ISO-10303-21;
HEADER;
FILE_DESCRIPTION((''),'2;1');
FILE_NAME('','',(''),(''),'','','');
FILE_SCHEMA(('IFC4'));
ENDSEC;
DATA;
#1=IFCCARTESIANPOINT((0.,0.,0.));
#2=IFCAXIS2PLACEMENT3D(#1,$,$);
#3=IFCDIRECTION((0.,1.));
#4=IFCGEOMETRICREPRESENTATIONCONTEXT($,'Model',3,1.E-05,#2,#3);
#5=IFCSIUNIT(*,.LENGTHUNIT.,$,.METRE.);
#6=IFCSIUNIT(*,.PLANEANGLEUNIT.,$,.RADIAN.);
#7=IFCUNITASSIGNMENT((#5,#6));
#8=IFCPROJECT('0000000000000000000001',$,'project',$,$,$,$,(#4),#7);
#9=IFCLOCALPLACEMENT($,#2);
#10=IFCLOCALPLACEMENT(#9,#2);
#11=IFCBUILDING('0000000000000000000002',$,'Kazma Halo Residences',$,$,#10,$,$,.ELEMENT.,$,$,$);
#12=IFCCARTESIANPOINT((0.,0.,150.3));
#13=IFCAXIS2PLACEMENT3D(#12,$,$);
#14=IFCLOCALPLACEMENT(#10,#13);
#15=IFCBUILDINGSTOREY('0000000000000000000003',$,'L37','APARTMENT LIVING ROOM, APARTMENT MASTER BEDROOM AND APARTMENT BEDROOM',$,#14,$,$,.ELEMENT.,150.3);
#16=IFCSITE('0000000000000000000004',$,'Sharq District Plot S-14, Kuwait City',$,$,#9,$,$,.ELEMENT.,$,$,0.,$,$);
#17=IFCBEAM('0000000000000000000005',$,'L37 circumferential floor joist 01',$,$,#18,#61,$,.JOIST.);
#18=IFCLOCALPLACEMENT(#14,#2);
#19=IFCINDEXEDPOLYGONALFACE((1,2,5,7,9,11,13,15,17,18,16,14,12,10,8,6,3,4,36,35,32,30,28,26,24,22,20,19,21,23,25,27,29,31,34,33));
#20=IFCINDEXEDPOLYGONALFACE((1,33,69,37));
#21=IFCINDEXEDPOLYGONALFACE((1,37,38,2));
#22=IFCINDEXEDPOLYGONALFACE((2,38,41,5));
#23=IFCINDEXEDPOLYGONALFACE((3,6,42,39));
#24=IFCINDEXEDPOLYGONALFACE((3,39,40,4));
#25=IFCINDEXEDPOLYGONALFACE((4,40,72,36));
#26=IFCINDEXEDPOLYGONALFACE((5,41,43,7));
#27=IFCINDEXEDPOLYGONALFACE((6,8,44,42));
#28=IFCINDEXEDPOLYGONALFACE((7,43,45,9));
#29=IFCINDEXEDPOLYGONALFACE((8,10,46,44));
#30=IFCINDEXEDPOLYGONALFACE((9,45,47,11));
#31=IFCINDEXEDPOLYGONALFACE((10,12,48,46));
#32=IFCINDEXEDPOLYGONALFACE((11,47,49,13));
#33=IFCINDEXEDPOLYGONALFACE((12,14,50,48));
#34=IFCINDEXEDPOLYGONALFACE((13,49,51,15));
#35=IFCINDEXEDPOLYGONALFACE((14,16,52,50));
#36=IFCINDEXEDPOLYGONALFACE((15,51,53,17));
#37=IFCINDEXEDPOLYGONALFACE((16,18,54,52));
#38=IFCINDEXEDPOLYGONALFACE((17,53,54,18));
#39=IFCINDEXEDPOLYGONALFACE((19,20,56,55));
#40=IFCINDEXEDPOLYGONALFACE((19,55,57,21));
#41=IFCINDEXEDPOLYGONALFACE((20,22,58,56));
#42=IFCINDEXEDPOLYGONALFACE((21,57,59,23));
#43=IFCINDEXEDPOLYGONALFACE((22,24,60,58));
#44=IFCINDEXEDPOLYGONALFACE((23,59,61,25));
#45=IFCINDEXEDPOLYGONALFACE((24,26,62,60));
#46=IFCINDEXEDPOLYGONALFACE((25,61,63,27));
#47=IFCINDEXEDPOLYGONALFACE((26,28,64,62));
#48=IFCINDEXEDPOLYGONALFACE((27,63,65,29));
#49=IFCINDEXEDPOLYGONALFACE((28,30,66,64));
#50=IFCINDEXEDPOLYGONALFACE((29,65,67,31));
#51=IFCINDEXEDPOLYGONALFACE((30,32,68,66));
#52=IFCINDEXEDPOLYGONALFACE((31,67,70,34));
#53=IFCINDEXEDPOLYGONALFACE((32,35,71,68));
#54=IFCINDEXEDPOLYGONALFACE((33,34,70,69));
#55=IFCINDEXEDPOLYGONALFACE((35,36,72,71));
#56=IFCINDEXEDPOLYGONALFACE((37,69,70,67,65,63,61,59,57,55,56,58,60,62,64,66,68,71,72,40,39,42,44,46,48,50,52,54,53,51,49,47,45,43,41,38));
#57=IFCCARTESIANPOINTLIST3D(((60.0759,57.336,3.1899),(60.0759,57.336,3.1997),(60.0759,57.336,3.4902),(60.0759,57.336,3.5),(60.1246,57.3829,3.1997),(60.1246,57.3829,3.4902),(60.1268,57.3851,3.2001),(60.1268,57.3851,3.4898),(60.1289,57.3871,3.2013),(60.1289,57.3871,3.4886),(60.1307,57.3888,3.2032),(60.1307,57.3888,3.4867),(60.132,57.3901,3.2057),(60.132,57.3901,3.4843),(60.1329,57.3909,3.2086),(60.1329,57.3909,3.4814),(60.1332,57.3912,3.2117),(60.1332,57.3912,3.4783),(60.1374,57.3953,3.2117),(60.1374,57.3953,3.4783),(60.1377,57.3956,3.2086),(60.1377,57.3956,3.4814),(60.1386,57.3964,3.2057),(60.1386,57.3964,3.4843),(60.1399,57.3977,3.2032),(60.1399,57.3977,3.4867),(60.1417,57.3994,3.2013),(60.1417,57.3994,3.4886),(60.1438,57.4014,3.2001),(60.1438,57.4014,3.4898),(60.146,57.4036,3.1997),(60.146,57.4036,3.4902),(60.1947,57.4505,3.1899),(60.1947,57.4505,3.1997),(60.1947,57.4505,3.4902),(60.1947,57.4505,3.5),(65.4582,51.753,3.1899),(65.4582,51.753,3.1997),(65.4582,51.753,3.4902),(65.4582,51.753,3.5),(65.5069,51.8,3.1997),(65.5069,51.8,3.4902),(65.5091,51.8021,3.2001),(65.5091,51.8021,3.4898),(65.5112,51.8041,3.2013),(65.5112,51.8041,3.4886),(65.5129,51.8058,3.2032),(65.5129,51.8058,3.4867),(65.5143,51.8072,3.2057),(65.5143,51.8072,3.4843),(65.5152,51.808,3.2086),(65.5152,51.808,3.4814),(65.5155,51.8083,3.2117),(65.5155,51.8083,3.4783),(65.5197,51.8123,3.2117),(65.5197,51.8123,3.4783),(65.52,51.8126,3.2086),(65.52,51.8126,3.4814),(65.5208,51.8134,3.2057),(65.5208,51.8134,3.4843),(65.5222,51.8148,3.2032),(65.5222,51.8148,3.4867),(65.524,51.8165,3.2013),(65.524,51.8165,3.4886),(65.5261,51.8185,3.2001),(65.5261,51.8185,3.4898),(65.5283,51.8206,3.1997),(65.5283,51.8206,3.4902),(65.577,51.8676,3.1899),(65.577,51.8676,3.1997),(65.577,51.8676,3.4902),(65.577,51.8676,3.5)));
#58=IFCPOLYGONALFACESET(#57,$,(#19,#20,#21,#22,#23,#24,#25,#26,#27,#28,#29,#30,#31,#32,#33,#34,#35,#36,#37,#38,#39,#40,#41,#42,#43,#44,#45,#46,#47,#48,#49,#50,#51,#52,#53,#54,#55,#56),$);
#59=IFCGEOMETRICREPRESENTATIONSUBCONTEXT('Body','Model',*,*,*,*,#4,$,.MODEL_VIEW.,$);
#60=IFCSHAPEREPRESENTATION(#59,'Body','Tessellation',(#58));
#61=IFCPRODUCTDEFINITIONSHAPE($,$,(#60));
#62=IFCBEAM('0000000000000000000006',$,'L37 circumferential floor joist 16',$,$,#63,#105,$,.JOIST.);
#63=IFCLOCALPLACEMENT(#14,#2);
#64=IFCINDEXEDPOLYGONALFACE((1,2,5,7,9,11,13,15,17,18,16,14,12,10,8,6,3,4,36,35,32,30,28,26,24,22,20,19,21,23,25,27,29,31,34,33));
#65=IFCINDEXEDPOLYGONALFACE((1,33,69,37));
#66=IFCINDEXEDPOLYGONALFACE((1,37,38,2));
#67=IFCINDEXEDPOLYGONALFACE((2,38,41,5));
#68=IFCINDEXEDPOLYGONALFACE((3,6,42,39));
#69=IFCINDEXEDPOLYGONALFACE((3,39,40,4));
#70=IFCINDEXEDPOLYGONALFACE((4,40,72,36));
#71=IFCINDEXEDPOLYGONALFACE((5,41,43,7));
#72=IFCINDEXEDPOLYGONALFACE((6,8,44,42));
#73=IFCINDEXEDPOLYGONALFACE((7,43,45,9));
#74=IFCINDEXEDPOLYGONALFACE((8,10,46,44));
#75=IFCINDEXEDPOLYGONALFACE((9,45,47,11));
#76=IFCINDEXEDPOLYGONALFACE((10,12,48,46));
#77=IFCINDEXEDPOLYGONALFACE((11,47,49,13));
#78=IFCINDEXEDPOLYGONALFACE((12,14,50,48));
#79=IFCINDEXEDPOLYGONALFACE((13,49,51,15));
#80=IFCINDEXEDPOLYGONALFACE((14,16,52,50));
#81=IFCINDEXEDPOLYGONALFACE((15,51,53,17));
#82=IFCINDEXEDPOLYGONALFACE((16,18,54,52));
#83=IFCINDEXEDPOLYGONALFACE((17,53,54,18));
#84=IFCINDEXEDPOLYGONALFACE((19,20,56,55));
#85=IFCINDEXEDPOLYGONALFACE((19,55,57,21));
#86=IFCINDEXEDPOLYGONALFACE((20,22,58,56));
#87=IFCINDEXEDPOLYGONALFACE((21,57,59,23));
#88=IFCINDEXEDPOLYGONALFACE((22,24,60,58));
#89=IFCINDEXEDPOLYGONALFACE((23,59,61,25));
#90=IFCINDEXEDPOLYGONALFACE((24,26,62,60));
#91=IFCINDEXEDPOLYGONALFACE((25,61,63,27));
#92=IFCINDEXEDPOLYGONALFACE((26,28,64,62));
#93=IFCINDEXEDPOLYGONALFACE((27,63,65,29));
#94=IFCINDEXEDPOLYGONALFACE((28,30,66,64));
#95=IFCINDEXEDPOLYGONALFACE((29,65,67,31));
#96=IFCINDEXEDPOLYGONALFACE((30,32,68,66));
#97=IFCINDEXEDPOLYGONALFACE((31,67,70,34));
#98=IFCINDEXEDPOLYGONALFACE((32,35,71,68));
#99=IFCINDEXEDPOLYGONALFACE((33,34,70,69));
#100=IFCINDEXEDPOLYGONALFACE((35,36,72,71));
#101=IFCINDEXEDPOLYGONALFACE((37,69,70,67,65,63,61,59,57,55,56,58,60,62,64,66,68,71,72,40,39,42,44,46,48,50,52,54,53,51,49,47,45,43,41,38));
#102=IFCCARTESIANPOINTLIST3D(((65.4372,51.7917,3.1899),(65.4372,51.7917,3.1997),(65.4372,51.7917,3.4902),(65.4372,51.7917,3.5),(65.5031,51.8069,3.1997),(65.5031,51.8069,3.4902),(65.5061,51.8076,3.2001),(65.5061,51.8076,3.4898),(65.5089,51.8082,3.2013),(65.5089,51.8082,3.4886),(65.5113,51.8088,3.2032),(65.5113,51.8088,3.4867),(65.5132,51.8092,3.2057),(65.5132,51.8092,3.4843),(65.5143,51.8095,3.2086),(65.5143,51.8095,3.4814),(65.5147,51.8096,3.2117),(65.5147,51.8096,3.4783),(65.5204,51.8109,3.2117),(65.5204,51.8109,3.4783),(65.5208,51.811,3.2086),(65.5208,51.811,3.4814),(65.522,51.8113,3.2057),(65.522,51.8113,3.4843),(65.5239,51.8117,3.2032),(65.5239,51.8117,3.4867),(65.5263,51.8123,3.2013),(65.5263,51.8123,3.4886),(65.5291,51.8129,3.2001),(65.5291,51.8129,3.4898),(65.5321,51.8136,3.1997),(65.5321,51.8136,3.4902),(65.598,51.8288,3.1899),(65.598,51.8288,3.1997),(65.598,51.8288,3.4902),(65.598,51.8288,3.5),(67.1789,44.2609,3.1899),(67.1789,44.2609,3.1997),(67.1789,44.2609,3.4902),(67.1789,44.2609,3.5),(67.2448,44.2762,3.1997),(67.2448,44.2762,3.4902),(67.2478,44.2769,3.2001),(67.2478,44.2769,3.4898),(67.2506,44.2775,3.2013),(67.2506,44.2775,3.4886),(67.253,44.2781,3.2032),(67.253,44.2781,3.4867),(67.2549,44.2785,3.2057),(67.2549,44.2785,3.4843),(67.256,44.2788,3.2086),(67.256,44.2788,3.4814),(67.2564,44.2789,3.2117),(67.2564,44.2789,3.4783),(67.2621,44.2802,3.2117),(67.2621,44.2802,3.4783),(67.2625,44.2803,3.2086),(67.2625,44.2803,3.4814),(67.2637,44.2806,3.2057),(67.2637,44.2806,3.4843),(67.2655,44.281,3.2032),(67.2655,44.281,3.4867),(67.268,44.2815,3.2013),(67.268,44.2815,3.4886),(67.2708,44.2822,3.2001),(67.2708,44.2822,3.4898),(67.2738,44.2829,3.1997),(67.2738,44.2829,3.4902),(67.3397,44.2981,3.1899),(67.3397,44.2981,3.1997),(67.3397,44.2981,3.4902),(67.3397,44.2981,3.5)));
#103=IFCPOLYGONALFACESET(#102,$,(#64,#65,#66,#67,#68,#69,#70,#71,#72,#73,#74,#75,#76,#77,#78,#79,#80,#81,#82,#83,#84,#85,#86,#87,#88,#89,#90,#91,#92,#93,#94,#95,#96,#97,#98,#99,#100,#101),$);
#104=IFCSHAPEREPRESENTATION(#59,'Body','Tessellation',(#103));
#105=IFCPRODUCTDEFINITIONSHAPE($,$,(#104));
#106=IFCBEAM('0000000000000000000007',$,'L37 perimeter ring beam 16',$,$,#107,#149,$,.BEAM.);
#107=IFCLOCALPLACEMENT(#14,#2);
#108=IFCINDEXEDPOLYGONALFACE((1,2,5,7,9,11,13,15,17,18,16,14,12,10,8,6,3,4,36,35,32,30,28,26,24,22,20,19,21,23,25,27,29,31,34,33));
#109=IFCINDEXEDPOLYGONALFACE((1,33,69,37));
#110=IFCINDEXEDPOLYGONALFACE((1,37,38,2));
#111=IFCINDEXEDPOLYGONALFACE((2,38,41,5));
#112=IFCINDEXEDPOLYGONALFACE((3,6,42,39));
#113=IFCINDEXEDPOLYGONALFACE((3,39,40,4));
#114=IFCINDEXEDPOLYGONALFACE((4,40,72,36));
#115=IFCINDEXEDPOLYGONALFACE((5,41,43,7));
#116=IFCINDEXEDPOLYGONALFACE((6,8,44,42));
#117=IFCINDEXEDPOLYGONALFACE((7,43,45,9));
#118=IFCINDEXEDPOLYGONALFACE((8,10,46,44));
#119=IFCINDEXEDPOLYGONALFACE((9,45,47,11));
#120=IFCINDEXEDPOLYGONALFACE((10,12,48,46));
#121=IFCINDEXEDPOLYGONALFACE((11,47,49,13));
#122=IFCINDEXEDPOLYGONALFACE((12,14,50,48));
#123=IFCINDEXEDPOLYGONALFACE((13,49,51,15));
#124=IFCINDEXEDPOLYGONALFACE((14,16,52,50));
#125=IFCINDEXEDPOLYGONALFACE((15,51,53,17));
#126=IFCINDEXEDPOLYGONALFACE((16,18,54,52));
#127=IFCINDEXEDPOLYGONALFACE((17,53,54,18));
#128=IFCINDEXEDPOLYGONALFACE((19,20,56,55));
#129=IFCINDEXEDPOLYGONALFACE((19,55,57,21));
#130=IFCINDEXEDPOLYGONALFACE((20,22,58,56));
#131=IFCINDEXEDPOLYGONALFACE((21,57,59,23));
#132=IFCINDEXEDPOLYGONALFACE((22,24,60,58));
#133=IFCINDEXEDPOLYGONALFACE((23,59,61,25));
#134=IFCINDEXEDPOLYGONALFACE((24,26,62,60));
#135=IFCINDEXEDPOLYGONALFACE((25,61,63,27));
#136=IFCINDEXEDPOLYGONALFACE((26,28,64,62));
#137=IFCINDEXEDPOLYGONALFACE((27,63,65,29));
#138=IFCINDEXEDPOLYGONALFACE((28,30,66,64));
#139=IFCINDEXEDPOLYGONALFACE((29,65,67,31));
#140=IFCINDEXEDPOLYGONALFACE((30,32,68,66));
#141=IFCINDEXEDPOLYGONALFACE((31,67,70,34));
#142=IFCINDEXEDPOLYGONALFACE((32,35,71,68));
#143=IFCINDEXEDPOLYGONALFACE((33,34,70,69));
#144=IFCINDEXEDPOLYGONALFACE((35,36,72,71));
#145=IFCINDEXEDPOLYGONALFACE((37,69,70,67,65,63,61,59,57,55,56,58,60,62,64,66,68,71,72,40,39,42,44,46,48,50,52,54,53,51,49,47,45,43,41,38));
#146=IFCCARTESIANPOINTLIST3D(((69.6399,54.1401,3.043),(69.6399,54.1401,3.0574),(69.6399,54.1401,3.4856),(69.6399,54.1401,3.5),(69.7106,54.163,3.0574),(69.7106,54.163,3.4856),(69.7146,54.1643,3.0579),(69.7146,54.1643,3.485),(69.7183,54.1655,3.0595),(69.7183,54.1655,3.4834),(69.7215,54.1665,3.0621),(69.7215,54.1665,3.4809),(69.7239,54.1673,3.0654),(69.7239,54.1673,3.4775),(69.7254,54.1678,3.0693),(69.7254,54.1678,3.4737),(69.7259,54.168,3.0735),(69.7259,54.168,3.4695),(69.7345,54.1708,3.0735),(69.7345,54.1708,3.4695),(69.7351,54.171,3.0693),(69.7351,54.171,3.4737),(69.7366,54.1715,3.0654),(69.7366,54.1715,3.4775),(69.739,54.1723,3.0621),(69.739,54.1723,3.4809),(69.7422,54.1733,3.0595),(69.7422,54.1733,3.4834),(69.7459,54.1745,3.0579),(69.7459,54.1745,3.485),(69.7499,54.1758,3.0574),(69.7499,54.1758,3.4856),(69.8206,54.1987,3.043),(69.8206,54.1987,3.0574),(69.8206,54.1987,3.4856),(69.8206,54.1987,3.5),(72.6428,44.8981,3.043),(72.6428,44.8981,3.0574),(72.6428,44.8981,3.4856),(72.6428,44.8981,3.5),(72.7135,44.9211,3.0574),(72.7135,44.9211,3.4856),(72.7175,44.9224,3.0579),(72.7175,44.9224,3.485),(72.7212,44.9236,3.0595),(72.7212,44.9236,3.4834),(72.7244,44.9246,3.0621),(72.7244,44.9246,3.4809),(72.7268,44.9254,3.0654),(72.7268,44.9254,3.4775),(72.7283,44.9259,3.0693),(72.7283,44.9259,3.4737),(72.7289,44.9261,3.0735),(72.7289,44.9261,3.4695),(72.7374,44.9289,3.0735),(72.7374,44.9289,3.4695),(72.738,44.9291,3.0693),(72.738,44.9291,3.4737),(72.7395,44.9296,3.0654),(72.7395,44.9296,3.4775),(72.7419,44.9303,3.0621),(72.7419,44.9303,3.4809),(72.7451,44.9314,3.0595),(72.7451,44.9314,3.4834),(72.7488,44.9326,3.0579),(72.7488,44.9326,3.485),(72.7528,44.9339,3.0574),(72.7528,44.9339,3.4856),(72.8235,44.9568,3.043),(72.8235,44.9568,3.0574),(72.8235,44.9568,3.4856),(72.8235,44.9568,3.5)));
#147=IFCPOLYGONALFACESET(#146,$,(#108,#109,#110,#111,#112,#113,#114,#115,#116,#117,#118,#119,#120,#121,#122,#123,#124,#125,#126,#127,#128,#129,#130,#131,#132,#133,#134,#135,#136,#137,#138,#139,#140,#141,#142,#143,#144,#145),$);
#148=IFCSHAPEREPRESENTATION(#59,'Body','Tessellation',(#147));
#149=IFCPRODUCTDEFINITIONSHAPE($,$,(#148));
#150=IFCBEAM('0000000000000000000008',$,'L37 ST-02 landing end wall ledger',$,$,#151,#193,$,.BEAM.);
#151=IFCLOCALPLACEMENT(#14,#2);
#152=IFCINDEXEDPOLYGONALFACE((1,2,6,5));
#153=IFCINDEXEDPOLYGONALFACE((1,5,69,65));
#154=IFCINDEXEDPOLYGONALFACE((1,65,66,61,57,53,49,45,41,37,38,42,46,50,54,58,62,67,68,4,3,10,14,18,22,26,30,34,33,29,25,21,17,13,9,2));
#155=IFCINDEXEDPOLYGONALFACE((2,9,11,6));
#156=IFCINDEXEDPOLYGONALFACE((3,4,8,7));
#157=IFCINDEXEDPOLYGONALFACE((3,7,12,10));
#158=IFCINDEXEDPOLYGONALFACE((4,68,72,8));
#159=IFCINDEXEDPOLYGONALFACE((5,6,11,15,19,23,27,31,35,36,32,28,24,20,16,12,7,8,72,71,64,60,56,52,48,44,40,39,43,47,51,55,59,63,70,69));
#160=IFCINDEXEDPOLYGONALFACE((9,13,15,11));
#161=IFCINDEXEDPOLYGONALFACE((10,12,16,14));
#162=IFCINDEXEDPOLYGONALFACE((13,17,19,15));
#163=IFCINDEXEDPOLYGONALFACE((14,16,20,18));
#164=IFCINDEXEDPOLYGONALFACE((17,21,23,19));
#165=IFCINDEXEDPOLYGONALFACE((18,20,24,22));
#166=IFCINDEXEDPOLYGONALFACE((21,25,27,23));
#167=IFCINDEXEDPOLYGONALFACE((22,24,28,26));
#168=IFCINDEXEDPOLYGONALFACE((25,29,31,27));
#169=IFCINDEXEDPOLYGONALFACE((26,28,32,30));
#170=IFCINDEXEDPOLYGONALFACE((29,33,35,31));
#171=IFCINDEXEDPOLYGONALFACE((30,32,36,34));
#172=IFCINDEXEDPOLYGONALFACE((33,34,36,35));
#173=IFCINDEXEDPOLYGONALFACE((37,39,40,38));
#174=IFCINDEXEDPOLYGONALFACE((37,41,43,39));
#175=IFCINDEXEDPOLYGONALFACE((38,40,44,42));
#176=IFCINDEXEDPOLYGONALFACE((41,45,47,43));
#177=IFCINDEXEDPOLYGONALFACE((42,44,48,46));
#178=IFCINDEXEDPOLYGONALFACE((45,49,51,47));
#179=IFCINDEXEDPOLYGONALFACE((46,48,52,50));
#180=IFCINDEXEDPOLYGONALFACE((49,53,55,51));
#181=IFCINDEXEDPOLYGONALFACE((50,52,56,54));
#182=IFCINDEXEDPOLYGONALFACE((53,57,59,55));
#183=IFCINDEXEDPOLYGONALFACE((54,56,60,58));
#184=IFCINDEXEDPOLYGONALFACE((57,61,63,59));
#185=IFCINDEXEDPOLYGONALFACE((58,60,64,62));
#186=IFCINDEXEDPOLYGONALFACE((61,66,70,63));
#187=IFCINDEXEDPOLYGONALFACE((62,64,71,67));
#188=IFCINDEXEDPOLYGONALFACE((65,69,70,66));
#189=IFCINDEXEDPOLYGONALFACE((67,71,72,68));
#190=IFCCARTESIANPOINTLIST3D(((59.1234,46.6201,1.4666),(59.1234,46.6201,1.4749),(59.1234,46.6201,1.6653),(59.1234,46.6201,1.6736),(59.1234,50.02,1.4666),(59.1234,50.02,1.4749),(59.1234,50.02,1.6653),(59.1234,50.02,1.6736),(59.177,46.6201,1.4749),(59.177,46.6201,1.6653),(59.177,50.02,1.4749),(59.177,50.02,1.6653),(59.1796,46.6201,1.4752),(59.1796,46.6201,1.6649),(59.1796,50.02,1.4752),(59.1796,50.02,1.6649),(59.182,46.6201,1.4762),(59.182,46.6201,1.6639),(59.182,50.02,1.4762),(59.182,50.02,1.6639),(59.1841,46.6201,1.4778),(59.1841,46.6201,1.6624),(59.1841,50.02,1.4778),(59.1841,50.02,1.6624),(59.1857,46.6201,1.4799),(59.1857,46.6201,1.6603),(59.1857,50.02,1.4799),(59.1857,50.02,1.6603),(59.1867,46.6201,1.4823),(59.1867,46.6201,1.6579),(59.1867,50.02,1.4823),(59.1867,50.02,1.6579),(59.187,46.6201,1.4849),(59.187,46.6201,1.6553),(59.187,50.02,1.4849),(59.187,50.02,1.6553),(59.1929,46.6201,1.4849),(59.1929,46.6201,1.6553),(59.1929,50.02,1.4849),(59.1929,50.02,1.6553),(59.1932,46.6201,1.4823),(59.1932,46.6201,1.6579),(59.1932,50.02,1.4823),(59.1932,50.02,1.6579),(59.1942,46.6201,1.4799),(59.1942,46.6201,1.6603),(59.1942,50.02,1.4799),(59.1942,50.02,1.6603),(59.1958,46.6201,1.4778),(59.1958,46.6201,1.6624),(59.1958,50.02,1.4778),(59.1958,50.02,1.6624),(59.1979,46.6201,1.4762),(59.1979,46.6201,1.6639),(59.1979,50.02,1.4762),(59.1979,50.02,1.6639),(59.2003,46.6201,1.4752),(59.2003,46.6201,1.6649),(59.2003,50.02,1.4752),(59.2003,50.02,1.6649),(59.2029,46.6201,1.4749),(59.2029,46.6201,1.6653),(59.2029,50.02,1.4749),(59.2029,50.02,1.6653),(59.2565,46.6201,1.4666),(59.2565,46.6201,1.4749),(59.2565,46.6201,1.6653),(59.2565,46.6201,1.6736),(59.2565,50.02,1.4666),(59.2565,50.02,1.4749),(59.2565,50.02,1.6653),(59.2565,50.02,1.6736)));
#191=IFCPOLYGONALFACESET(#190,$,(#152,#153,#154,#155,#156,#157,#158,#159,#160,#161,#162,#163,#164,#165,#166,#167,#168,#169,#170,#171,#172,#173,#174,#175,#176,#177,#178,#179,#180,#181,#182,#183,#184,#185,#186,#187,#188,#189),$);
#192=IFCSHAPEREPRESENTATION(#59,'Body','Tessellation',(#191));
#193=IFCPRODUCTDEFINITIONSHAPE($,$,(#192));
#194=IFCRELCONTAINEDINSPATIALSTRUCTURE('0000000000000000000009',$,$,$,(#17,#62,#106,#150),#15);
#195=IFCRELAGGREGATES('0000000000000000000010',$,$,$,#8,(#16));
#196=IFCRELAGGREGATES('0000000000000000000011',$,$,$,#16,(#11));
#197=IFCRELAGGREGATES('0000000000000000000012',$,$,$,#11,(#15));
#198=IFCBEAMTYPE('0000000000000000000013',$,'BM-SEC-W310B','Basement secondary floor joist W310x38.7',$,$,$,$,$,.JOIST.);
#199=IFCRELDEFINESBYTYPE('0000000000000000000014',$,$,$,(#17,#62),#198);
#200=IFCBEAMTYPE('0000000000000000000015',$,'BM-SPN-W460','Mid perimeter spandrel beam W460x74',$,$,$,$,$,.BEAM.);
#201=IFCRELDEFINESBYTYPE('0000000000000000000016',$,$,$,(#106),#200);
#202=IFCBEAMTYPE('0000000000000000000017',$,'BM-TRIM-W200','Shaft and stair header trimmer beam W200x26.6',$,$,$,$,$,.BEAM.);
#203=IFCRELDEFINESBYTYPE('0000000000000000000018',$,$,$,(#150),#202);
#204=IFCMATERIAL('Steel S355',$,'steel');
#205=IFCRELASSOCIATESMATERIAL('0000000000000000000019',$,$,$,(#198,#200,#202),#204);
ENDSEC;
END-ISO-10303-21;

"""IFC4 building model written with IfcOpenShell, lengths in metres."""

from ifc_helpers import new_model, si_unit, direction, frame, origin, origin_2d, place, context, subcontext, project, spatial, i_section, extrude, material, material_profile, profile_set, type_object, element, save


model = new_model("IFC4")

# Units and contexts
model_context = context("Model", 3, precision=1e-05, world=origin(), true_north=direction((0.0, 1.0)))
body_context = subcontext(model_context, "Body", "Model", "MODEL_VIEW")
ifc_project = project(units=[si_unit("LENGTHUNIT", "METRE"), si_unit("PLANEANGLEUNIT", "RADIAN")], contexts=[model_context])

# Site, building, storey
site_placement = place(None, origin())
site = spatial("IfcSite", under=ifc_project, at=site_placement, Name="Sharq District Plot S-14, Kuwait City", CompositionType="ELEMENT", RefElevation=0.0)
building_placement = place(site_placement, origin())
building = spatial("IfcBuilding", under=site, at=building_placement, Name="Kazma Halo Residences", CompositionType="ELEMENT")
storey_placement = place(building_placement, frame((0.0, 0.0, 150.3)))
storey = spatial("IfcBuildingStorey", under=building, at=storey_placement, Name="L37", Description="APARTMENT LIVING ROOM, APARTMENT MASTER BEDROOM AND APARTMENT BEDROOM", CompositionType="ELEMENT", Elevation=150.3)

# Beams
ifc_material_1 = material(Name="Steel S355", Category="steel")
ifc_material_profile_1 = material_profile(ifc_material_1, i_section(OverallWidth=0.165, OverallDepth=0.3101, WebThickness=0.0059, FlangeThickness=0.0098, FilletRadius=0.012, at=origin_2d()), Name="W310x38.7")
ifc_profile_set_1 = profile_set([ifc_material_profile_1], Name="Steel S355")
beam_type_1 = type_object("IfcBeamType", Name="BM-SEC-W310B", Description="Basement secondary floor joist W310x38.7", PredefinedType="JOIST", material=ifc_profile_set_1)
beam_1_placement = place(storey_placement, frame((65.5176, 51.8103, 3.345), z_axis=(-0.694049, 0.719927, 0.0), x_axis=(-0.719927, -0.694049, 0.0)))
element("IfcBeam", 1, at=beam_1_placement, inside=storey, type_object=beam_type_1, Name="L37 circumferential floor joist 01", PredefinedType="JOIST", context=body_context, shape_type="SweptSolid", body=[
    extrude(i_section(OverallWidth=0.165, OverallDepth=0.3101, WebThickness=0.0059, FlangeThickness=0.0098, FilletRadius=0.012, at=origin_2d()), origin(), (0.0, 0.0, 1.0), 7.7549),
])
beam_2_placement = place(storey_placement, frame((67.2593, 44.2795, 3.345), z_axis=(-0.22533, 0.974282, 0.0), x_axis=(-0.974282, -0.22533, 0.0)))
element("IfcBeam", 2, at=beam_2_placement, inside=storey, type_object=beam_type_1, Name="L37 circumferential floor joist 16", PredefinedType="JOIST", context=body_context, shape_type="SweptSolid", body=[
    extrude(i_section(OverallWidth=0.165, OverallDepth=0.3101, WebThickness=0.0059, FlangeThickness=0.0098, FilletRadius=0.012, at=origin_2d()), origin(), (0.0, 0.0, 1.0), 7.7295),
])
ifc_material_profile_2 = material_profile(ifc_material_1, i_section(OverallWidth=0.1899, OverallDepth=0.457, WebThickness=0.009, FlangeThickness=0.0144, FilletRadius=0.0161, at=origin_2d()), Name="W460x74")
ifc_profile_set_2 = profile_set([ifc_material_profile_2], Name="Steel S355")
beam_type_2 = type_object("IfcBeamType", Name="BM-SPN-W460", Description="Mid perimeter spandrel beam W460x74", PredefinedType="BEAM", material=ifc_profile_set_2)
beam_3_placement = place(storey_placement, frame((72.7332, 44.9275, 3.2715), z_axis=(-0.309021, 0.951055, 0.0), x_axis=(-0.951055, -0.309021, 0.0)))
element("IfcBeam", 3, at=beam_3_placement, inside=storey, type_object=beam_type_2, Name="L37 perimeter ring beam 16", PredefinedType="BEAM", context=body_context, shape_type="SweptSolid", body=[
    extrude(i_section(OverallWidth=0.1899, OverallDepth=0.457, WebThickness=0.009, FlangeThickness=0.0144, FilletRadius=0.0161, at=origin_2d()), origin(), (0.0, 0.0, 1.0), 9.7175),
])
ifc_material_profile_3 = material_profile(ifc_material_1, i_section(OverallWidth=0.1331, OverallDepth=0.207, WebThickness=0.0059, FlangeThickness=0.0083, FilletRadius=0.01, at=origin_2d()), Name="W200x26.6")
ifc_profile_set_3 = profile_set([ifc_material_profile_3], Name="Steel S355")
beam_type_3 = type_object("IfcBeamType", Name="BM-TRIM-W200", Description="Shaft and stair header trimmer beam W200x26.6", PredefinedType="BEAM", material=ifc_profile_set_3)
beam_4_placement = place(storey_placement, frame((59.1899, 46.6201, 1.5701), z_axis=(0.0, 1.0, 0.0), x_axis=(-1.0, 0.0, 0.0)))
element("IfcBeam", 4, at=beam_4_placement, inside=storey, type_object=beam_type_3, Name="L37 ST-02 landing end wall ledger", PredefinedType="BEAM", context=body_context, shape_type="SweptSolid", body=[
    extrude(i_section(OverallWidth=0.1331, OverallDepth=0.207, WebThickness=0.0059, FlangeThickness=0.0083, FilletRadius=0.01, at=origin_2d()), origin(), (0.0, 0.0, 1.0), 3.3999),
])

save(model, "model.ifc")
